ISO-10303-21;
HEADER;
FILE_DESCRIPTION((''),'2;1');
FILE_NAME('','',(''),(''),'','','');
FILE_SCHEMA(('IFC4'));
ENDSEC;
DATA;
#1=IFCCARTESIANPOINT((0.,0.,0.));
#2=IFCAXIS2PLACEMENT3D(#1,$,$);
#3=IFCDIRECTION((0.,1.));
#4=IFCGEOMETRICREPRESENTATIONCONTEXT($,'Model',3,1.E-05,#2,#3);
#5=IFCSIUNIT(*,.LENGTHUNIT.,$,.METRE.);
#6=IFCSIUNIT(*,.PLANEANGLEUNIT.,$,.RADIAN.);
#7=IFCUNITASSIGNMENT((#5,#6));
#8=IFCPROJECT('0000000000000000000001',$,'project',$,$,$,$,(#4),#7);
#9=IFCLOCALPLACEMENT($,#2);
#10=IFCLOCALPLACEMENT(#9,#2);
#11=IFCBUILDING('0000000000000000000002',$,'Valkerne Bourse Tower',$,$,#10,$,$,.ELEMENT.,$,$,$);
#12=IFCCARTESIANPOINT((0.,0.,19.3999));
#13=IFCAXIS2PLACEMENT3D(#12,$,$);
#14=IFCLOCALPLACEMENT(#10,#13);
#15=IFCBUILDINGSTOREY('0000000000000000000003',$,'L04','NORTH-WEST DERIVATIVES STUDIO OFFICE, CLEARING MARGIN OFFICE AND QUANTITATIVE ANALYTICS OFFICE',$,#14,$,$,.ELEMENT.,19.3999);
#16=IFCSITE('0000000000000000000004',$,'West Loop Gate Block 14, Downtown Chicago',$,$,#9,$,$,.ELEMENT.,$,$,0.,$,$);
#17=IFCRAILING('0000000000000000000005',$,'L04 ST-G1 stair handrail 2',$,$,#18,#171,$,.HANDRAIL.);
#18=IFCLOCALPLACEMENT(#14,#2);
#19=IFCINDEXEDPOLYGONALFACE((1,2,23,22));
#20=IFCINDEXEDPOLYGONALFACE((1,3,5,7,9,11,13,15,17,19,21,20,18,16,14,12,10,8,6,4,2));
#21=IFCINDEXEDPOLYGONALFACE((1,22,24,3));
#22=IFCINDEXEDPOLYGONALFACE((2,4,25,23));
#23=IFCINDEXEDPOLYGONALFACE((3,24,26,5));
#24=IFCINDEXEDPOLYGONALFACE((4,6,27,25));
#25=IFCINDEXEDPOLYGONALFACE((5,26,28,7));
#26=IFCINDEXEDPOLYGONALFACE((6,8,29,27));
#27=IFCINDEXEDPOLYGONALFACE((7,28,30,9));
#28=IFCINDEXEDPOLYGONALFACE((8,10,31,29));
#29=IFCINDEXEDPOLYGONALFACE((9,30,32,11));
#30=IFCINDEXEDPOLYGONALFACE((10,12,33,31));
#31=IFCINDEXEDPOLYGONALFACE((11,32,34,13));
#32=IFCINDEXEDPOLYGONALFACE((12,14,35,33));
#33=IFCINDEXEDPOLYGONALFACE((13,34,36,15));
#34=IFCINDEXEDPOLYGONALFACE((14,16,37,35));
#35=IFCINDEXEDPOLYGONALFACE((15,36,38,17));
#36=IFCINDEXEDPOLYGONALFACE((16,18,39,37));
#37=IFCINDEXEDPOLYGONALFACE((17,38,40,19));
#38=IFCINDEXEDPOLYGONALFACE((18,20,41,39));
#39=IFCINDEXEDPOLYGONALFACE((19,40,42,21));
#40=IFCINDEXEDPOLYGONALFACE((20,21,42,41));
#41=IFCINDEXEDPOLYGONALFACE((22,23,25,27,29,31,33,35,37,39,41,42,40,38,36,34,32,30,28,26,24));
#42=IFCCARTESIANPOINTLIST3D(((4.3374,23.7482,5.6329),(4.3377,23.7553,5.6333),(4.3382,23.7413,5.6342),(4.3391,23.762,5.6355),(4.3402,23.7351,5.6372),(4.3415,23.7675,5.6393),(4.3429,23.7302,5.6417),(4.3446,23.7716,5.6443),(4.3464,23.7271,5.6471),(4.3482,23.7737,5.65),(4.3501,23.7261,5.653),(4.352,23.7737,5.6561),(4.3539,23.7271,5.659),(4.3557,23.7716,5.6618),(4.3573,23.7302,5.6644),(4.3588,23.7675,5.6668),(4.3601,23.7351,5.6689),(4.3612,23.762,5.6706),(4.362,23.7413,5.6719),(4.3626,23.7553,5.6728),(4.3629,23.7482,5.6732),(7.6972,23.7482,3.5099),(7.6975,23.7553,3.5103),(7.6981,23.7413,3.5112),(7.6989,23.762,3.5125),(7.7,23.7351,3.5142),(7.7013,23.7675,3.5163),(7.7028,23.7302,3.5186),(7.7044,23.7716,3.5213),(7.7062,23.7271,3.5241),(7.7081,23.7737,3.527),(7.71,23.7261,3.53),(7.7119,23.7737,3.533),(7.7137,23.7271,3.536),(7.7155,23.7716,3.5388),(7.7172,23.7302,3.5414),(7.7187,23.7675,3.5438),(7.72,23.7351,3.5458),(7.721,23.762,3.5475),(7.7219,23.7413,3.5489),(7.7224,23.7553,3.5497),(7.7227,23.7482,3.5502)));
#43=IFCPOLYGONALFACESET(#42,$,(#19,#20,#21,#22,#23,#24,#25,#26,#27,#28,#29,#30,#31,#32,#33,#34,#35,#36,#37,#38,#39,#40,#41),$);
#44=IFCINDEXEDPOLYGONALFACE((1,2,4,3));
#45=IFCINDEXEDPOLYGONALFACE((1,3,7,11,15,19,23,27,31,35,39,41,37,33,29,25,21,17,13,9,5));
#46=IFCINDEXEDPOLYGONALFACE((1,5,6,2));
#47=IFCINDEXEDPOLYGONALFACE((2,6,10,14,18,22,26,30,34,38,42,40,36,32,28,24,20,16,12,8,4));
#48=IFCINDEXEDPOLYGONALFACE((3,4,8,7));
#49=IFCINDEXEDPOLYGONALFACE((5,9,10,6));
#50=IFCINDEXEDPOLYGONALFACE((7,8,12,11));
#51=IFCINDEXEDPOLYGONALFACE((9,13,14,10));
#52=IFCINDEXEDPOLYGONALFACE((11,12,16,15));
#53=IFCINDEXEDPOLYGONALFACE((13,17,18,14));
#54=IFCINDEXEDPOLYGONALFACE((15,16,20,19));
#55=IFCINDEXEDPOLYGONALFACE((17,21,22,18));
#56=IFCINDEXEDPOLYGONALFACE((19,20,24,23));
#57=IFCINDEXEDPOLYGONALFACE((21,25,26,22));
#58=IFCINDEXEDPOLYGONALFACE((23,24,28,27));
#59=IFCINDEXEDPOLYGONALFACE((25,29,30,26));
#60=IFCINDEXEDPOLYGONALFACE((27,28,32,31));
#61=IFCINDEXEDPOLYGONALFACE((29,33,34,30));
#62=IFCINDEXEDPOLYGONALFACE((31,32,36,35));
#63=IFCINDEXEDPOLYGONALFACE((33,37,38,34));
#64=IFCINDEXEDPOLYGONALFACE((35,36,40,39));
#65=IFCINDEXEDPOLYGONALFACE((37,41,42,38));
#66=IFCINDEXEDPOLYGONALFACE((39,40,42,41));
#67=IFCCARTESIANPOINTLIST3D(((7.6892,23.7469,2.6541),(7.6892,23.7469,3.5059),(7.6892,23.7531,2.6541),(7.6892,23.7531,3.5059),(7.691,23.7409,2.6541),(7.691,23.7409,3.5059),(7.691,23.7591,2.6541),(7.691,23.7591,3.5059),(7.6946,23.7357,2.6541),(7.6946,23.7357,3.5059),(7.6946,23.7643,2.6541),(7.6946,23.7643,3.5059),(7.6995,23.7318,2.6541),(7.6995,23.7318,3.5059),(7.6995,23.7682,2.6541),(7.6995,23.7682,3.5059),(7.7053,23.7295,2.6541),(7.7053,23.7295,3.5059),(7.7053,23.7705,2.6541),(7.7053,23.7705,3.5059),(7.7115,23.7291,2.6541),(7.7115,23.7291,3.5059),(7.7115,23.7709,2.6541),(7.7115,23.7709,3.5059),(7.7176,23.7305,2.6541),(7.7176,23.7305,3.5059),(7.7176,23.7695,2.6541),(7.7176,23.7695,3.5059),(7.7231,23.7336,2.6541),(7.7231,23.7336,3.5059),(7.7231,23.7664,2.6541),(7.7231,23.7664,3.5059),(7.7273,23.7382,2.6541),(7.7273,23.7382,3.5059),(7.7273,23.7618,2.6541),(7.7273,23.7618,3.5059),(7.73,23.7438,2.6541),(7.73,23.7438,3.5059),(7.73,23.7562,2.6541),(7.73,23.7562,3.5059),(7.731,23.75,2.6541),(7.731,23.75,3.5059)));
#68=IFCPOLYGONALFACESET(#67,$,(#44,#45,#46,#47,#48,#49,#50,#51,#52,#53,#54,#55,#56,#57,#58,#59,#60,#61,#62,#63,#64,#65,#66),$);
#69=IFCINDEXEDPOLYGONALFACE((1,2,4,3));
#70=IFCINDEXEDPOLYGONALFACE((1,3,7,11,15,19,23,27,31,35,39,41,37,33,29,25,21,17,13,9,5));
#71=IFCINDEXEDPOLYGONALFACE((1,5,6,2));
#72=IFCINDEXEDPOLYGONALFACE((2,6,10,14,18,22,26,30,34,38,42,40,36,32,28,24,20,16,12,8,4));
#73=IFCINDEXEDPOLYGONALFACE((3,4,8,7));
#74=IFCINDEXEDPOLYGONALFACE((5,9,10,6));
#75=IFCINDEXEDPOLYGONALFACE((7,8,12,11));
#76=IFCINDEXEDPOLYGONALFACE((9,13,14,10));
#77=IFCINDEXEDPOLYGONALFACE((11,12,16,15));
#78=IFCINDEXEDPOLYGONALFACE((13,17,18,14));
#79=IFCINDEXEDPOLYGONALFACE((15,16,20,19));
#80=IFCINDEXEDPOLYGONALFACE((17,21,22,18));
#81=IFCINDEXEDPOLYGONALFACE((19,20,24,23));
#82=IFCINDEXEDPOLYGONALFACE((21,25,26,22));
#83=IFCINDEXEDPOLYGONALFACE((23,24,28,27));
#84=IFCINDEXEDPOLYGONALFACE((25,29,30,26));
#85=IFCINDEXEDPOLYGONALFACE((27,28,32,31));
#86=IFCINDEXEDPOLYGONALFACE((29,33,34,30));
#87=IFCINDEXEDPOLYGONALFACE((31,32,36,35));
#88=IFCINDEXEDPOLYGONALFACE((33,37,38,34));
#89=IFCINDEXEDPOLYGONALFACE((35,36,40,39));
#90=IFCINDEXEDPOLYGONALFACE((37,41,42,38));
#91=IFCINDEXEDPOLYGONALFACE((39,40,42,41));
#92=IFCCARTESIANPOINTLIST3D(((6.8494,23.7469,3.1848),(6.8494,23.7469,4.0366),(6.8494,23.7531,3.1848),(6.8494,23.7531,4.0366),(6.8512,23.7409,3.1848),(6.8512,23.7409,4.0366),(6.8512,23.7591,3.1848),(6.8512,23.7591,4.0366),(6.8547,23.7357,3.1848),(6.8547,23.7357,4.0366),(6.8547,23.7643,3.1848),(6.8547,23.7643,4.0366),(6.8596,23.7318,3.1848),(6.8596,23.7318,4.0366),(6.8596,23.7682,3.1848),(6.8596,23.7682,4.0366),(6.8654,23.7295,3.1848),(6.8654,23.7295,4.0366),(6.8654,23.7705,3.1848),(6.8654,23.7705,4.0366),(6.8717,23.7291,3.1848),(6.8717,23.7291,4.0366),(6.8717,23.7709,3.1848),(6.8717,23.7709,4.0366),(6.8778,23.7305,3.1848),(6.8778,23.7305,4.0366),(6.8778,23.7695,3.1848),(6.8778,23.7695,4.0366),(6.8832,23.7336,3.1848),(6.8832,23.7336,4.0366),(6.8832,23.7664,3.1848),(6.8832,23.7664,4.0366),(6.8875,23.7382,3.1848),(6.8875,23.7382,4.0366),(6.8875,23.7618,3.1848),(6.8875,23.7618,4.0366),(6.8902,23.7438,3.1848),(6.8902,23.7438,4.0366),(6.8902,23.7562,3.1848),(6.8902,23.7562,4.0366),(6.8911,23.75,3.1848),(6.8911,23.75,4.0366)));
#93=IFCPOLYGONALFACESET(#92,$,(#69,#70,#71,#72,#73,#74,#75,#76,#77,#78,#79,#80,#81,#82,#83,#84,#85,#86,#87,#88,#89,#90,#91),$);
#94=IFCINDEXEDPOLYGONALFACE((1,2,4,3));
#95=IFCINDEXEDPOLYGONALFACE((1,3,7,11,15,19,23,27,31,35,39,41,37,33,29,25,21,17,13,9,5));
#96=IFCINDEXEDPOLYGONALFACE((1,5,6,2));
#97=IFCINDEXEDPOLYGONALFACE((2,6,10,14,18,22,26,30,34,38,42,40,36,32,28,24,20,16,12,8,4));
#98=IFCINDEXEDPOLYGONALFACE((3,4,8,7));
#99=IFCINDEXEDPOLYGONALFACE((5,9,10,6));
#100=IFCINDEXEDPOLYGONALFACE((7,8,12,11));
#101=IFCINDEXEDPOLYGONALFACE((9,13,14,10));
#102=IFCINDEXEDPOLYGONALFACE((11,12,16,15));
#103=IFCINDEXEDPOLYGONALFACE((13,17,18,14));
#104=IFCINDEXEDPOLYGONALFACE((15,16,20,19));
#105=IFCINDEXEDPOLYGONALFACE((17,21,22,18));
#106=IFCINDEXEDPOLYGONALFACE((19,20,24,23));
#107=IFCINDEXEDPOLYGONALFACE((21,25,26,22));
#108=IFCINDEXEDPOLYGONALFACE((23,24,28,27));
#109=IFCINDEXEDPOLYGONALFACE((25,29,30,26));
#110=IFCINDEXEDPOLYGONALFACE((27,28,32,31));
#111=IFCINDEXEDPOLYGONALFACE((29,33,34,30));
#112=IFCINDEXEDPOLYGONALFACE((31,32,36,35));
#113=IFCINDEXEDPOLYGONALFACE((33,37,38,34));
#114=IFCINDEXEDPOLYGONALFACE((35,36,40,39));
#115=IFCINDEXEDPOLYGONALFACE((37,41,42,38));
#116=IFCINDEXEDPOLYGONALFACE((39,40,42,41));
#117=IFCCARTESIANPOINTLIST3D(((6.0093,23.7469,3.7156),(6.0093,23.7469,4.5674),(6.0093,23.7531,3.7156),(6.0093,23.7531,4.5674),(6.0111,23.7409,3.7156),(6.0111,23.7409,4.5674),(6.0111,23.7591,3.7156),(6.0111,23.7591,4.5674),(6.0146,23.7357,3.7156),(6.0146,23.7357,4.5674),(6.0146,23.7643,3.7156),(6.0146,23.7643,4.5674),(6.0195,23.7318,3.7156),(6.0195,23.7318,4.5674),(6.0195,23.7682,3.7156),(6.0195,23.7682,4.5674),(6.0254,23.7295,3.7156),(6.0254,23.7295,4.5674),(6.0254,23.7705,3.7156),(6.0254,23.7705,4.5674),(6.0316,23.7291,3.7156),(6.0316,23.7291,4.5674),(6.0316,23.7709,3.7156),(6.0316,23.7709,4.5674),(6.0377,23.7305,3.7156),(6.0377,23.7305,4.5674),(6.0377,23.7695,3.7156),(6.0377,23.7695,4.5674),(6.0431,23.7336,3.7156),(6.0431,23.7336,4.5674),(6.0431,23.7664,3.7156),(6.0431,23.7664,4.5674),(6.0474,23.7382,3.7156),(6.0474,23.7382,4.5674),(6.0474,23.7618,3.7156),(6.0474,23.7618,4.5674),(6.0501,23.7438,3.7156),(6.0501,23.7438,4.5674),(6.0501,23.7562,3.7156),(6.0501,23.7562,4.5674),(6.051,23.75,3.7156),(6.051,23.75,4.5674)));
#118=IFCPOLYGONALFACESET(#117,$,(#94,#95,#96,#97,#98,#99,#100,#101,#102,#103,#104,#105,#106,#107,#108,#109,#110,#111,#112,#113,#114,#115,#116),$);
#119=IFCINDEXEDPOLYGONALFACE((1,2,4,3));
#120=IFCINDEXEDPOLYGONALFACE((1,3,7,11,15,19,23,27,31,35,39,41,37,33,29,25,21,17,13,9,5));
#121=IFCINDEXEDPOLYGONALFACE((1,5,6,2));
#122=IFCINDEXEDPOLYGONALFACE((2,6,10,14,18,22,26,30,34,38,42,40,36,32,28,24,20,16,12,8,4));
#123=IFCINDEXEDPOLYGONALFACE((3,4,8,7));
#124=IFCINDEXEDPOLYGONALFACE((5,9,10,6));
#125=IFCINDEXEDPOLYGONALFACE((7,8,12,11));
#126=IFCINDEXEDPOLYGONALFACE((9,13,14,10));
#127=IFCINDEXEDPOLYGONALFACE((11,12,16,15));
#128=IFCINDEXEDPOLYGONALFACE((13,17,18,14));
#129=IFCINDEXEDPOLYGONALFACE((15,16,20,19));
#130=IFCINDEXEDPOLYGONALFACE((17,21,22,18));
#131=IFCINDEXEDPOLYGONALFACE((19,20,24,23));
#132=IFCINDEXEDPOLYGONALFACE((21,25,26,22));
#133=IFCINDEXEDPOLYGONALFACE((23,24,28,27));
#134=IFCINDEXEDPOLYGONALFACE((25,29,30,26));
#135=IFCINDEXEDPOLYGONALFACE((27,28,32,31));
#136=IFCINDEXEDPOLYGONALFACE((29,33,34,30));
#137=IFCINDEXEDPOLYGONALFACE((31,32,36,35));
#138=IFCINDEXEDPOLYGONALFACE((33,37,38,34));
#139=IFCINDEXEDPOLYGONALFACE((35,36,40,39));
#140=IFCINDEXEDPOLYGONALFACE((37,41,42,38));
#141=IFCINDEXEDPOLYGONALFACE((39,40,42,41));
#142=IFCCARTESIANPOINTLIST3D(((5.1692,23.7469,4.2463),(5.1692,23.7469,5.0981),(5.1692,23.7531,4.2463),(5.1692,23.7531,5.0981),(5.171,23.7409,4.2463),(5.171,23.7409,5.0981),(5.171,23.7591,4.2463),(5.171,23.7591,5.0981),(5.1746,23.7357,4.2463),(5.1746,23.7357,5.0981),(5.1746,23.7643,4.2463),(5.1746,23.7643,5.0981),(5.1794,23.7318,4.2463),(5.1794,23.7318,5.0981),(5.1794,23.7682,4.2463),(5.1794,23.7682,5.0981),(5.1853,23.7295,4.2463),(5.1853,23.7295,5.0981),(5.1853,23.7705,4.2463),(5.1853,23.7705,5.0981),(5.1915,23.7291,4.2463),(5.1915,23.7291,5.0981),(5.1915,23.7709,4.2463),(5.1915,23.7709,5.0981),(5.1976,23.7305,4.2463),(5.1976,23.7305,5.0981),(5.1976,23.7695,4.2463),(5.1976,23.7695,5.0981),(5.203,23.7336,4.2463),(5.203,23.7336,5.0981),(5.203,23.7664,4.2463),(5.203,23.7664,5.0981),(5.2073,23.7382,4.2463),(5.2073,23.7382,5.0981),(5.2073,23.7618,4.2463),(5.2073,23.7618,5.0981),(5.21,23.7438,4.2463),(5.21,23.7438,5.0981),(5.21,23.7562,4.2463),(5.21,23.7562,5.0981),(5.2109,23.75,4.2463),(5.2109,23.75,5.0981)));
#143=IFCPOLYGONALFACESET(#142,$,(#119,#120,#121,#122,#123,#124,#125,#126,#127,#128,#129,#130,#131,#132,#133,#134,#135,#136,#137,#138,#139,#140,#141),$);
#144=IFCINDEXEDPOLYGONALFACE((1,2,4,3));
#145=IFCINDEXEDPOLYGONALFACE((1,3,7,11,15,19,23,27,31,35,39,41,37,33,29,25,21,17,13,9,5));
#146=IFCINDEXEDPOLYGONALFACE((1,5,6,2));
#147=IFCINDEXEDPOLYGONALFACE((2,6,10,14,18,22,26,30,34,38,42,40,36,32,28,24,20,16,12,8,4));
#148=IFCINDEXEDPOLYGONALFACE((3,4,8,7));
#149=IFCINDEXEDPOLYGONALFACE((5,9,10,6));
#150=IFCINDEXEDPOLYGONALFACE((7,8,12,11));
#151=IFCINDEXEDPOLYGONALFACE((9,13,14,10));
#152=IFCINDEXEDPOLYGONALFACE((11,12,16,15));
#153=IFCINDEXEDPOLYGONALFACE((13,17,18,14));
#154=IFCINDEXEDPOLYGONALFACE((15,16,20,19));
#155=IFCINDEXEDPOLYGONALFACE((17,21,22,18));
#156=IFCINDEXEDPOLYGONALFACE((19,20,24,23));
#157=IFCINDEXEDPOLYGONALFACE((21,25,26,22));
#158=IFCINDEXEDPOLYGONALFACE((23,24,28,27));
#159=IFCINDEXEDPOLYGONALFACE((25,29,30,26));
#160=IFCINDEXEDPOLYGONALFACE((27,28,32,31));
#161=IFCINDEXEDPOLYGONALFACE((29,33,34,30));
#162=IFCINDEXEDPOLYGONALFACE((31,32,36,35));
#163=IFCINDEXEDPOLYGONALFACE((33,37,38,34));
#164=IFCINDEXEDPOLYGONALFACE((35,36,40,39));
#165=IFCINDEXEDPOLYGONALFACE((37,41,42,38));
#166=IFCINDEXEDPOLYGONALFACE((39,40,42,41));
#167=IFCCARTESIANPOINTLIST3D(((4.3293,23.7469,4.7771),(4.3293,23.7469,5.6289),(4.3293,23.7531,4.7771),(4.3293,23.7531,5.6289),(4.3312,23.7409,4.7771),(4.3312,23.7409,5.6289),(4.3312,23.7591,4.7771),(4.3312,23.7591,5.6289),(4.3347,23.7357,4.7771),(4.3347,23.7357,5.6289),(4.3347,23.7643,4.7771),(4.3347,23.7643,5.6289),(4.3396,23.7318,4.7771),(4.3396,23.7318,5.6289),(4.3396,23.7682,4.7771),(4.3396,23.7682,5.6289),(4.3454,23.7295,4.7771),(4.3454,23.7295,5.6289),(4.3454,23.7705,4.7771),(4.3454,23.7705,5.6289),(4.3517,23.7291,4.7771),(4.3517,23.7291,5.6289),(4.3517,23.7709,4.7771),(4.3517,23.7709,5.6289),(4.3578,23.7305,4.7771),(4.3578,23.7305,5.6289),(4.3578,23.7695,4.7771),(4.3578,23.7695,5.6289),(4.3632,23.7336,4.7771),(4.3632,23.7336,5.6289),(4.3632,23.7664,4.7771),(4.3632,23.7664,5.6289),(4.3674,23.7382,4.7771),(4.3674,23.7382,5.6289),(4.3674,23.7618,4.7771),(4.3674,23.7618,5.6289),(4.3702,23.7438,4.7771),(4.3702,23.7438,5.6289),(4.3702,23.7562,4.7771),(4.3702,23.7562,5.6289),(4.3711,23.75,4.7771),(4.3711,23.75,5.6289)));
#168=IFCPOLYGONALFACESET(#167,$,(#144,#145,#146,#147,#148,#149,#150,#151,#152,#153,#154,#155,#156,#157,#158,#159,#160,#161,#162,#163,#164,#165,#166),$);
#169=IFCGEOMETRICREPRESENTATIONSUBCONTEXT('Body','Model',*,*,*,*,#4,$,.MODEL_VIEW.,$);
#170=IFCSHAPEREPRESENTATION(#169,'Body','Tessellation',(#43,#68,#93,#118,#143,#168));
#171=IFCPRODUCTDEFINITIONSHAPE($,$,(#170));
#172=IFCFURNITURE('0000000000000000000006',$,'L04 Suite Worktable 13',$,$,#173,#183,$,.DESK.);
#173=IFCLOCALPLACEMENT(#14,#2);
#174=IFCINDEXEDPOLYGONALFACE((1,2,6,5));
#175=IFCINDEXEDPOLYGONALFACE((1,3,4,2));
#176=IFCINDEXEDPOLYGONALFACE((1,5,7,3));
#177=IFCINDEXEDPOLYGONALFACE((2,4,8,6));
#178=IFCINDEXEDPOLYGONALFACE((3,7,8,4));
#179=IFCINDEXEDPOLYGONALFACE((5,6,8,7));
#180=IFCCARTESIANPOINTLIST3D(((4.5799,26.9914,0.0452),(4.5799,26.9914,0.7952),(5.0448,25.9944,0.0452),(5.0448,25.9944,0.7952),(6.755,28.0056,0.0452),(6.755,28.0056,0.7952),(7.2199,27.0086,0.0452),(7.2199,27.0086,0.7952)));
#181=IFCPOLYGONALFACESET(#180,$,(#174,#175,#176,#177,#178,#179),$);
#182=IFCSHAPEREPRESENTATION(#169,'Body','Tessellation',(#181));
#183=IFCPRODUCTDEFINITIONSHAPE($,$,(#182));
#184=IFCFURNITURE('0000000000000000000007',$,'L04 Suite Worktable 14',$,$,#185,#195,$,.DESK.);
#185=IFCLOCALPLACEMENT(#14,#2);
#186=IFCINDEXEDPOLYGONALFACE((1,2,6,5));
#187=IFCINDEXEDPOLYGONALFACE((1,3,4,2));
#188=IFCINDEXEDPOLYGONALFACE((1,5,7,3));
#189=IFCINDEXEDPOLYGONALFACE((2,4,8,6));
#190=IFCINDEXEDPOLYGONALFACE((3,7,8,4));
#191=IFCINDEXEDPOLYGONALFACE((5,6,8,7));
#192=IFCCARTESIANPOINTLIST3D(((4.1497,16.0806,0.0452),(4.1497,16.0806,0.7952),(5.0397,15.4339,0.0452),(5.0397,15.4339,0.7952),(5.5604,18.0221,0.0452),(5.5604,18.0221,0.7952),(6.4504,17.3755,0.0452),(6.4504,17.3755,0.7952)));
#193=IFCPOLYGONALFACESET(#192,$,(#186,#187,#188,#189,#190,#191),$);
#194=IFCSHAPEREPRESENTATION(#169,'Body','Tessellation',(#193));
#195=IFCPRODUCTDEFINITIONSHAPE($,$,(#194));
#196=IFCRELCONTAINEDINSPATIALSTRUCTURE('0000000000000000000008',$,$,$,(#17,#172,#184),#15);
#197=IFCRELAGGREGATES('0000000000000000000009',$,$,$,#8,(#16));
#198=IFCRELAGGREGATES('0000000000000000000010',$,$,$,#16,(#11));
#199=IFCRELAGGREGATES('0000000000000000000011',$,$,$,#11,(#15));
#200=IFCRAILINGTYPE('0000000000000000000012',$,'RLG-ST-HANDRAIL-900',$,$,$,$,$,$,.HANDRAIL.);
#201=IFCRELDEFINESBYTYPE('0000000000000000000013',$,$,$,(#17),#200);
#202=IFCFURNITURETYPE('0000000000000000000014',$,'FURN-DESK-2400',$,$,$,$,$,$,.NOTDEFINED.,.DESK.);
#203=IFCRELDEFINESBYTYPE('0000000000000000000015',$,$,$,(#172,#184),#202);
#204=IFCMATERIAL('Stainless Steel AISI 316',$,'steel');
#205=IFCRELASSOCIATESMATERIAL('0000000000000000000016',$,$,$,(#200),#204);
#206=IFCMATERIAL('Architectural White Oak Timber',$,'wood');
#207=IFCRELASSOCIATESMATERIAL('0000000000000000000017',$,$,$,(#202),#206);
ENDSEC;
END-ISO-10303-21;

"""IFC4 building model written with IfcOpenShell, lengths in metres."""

from ifc_helpers import new_model, si_unit, direction, frame, origin, origin_2d, place, context, subcontext, project, spatial, rectangle, circle, extrude, material, type_object, element, save


model = new_model("IFC4")

# Units and contexts
model_context = context("Model", 3, precision=1e-05, world=origin(), true_north=direction((0.0, 1.0)))
body_context = subcontext(model_context, "Body", "Model", "MODEL_VIEW")
ifc_project = project(units=[si_unit("LENGTHUNIT", "METRE"), si_unit("PLANEANGLEUNIT", "RADIAN")], contexts=[model_context])

# Site, building, storey
site_placement = place(None, origin())
site = spatial("IfcSite", under=ifc_project, at=site_placement, Name="West Loop Gate Block 14, Downtown Chicago", CompositionType="ELEMENT", RefElevation=0.0)
building_placement = place(site_placement, origin())
building = spatial("IfcBuilding", under=site, at=building_placement, Name="Valkerne Bourse Tower", CompositionType="ELEMENT")
storey_placement = place(building_placement, frame((0.0, 0.0, 19.3999)))
storey = spatial("IfcBuildingStorey", under=building, at=storey_placement, Name="L04", Description="NORTH-WEST DERIVATIVES STUDIO OFFICE, CLEARING MARGIN OFFICE AND QUANTITATIVE ANALYTICS OFFICE", CompositionType="ELEMENT", Elevation=19.3999)

# Shared definitions
ifc_material_1 = material(Name="Architectural White Oak Timber", Category="wood")

# Railing
ifc_material_2 = material(Name="Stainless Steel AISI 316", Category="steel")
railing_type_1 = type_object("IfcRailingType", Name="RLG-ST-HANDRAIL-900", PredefinedType="HANDRAIL", material=ifc_material_2)
railing_1_placement = place(storey_placement, frame((7.71, 23.75, 2.6541)))
element("IfcRailing", 1, at=railing_1_placement, inside=storey, type_object=railing_type_1, Name="L04 ST-G1 stair handrail 2", PredefinedType="HANDRAIL", context=body_context, shape_type="SweptSolid", body=[
    extrude(circle(Radius=0.0239, at=origin_2d()), frame((0.0, 0.0, 0.876), z_axis=(-0.845372, 0.0, 0.534178), x_axis=(0.0, -1.0, 0.0)), (0.0, 0.0, 1.0), 3.9744),
    extrude(circle(Radius=0.021, at=origin_2d()), origin(), (0.0, 0.0, 1.0), 0.8518),
    extrude(circle(Radius=0.021, at=origin_2d()), frame((-0.8398, 0.0, 0.5308)), (0.0, 0.0, 1.0), 0.8518),
    extrude(circle(Radius=0.021, at=origin_2d()), frame((-1.6799, 0.0, 1.0615)), (0.0, 0.0, 1.0), 0.8518),
    extrude(circle(Radius=0.021, at=origin_2d()), frame((-2.52, 0.0, 1.5923)), (0.0, 0.0, 1.0), 0.8518),
    extrude(circle(Radius=0.021, at=origin_2d()), frame((-3.3599, 0.0, 2.123)), (0.0, 0.0, 1.0), 0.8518),
])

# Furniture
furniture_type = type_object("IfcFurnitureType", Name="FURN-DESK-2400", AssemblyPlace="NOTDEFINED", PredefinedType="DESK", material=ifc_material_1)
for number, where, z_axis, x_axis, name in (
    (2, (5.8999, 27.0, 0.0452), (0.0, 0.0, 1.0), (0.906308, 0.422618, 0.0), "L04 Suite Worktable 13"),
    (3, (5.3, 16.728, 0.0452), (0.0, 0.0, 1.0), (0.587785, 0.809017, 0.0), "L04 Suite Worktable 14"),
):
    element("IfcFurniture", number, at=place(storey_placement, frame(where, z_axis=z_axis, x_axis=x_axis)), inside=storey, type_object=furniture_type, Name=name, PredefinedType="DESK", context=body_context, shape_type="SweptSolid", body=[
        extrude(rectangle(XDim=2.3999, YDim=1.1001, at=origin_2d()), origin(), (0.0, 0.0, 1.0), 0.75),
    ])

save(model, "model.ifc")
